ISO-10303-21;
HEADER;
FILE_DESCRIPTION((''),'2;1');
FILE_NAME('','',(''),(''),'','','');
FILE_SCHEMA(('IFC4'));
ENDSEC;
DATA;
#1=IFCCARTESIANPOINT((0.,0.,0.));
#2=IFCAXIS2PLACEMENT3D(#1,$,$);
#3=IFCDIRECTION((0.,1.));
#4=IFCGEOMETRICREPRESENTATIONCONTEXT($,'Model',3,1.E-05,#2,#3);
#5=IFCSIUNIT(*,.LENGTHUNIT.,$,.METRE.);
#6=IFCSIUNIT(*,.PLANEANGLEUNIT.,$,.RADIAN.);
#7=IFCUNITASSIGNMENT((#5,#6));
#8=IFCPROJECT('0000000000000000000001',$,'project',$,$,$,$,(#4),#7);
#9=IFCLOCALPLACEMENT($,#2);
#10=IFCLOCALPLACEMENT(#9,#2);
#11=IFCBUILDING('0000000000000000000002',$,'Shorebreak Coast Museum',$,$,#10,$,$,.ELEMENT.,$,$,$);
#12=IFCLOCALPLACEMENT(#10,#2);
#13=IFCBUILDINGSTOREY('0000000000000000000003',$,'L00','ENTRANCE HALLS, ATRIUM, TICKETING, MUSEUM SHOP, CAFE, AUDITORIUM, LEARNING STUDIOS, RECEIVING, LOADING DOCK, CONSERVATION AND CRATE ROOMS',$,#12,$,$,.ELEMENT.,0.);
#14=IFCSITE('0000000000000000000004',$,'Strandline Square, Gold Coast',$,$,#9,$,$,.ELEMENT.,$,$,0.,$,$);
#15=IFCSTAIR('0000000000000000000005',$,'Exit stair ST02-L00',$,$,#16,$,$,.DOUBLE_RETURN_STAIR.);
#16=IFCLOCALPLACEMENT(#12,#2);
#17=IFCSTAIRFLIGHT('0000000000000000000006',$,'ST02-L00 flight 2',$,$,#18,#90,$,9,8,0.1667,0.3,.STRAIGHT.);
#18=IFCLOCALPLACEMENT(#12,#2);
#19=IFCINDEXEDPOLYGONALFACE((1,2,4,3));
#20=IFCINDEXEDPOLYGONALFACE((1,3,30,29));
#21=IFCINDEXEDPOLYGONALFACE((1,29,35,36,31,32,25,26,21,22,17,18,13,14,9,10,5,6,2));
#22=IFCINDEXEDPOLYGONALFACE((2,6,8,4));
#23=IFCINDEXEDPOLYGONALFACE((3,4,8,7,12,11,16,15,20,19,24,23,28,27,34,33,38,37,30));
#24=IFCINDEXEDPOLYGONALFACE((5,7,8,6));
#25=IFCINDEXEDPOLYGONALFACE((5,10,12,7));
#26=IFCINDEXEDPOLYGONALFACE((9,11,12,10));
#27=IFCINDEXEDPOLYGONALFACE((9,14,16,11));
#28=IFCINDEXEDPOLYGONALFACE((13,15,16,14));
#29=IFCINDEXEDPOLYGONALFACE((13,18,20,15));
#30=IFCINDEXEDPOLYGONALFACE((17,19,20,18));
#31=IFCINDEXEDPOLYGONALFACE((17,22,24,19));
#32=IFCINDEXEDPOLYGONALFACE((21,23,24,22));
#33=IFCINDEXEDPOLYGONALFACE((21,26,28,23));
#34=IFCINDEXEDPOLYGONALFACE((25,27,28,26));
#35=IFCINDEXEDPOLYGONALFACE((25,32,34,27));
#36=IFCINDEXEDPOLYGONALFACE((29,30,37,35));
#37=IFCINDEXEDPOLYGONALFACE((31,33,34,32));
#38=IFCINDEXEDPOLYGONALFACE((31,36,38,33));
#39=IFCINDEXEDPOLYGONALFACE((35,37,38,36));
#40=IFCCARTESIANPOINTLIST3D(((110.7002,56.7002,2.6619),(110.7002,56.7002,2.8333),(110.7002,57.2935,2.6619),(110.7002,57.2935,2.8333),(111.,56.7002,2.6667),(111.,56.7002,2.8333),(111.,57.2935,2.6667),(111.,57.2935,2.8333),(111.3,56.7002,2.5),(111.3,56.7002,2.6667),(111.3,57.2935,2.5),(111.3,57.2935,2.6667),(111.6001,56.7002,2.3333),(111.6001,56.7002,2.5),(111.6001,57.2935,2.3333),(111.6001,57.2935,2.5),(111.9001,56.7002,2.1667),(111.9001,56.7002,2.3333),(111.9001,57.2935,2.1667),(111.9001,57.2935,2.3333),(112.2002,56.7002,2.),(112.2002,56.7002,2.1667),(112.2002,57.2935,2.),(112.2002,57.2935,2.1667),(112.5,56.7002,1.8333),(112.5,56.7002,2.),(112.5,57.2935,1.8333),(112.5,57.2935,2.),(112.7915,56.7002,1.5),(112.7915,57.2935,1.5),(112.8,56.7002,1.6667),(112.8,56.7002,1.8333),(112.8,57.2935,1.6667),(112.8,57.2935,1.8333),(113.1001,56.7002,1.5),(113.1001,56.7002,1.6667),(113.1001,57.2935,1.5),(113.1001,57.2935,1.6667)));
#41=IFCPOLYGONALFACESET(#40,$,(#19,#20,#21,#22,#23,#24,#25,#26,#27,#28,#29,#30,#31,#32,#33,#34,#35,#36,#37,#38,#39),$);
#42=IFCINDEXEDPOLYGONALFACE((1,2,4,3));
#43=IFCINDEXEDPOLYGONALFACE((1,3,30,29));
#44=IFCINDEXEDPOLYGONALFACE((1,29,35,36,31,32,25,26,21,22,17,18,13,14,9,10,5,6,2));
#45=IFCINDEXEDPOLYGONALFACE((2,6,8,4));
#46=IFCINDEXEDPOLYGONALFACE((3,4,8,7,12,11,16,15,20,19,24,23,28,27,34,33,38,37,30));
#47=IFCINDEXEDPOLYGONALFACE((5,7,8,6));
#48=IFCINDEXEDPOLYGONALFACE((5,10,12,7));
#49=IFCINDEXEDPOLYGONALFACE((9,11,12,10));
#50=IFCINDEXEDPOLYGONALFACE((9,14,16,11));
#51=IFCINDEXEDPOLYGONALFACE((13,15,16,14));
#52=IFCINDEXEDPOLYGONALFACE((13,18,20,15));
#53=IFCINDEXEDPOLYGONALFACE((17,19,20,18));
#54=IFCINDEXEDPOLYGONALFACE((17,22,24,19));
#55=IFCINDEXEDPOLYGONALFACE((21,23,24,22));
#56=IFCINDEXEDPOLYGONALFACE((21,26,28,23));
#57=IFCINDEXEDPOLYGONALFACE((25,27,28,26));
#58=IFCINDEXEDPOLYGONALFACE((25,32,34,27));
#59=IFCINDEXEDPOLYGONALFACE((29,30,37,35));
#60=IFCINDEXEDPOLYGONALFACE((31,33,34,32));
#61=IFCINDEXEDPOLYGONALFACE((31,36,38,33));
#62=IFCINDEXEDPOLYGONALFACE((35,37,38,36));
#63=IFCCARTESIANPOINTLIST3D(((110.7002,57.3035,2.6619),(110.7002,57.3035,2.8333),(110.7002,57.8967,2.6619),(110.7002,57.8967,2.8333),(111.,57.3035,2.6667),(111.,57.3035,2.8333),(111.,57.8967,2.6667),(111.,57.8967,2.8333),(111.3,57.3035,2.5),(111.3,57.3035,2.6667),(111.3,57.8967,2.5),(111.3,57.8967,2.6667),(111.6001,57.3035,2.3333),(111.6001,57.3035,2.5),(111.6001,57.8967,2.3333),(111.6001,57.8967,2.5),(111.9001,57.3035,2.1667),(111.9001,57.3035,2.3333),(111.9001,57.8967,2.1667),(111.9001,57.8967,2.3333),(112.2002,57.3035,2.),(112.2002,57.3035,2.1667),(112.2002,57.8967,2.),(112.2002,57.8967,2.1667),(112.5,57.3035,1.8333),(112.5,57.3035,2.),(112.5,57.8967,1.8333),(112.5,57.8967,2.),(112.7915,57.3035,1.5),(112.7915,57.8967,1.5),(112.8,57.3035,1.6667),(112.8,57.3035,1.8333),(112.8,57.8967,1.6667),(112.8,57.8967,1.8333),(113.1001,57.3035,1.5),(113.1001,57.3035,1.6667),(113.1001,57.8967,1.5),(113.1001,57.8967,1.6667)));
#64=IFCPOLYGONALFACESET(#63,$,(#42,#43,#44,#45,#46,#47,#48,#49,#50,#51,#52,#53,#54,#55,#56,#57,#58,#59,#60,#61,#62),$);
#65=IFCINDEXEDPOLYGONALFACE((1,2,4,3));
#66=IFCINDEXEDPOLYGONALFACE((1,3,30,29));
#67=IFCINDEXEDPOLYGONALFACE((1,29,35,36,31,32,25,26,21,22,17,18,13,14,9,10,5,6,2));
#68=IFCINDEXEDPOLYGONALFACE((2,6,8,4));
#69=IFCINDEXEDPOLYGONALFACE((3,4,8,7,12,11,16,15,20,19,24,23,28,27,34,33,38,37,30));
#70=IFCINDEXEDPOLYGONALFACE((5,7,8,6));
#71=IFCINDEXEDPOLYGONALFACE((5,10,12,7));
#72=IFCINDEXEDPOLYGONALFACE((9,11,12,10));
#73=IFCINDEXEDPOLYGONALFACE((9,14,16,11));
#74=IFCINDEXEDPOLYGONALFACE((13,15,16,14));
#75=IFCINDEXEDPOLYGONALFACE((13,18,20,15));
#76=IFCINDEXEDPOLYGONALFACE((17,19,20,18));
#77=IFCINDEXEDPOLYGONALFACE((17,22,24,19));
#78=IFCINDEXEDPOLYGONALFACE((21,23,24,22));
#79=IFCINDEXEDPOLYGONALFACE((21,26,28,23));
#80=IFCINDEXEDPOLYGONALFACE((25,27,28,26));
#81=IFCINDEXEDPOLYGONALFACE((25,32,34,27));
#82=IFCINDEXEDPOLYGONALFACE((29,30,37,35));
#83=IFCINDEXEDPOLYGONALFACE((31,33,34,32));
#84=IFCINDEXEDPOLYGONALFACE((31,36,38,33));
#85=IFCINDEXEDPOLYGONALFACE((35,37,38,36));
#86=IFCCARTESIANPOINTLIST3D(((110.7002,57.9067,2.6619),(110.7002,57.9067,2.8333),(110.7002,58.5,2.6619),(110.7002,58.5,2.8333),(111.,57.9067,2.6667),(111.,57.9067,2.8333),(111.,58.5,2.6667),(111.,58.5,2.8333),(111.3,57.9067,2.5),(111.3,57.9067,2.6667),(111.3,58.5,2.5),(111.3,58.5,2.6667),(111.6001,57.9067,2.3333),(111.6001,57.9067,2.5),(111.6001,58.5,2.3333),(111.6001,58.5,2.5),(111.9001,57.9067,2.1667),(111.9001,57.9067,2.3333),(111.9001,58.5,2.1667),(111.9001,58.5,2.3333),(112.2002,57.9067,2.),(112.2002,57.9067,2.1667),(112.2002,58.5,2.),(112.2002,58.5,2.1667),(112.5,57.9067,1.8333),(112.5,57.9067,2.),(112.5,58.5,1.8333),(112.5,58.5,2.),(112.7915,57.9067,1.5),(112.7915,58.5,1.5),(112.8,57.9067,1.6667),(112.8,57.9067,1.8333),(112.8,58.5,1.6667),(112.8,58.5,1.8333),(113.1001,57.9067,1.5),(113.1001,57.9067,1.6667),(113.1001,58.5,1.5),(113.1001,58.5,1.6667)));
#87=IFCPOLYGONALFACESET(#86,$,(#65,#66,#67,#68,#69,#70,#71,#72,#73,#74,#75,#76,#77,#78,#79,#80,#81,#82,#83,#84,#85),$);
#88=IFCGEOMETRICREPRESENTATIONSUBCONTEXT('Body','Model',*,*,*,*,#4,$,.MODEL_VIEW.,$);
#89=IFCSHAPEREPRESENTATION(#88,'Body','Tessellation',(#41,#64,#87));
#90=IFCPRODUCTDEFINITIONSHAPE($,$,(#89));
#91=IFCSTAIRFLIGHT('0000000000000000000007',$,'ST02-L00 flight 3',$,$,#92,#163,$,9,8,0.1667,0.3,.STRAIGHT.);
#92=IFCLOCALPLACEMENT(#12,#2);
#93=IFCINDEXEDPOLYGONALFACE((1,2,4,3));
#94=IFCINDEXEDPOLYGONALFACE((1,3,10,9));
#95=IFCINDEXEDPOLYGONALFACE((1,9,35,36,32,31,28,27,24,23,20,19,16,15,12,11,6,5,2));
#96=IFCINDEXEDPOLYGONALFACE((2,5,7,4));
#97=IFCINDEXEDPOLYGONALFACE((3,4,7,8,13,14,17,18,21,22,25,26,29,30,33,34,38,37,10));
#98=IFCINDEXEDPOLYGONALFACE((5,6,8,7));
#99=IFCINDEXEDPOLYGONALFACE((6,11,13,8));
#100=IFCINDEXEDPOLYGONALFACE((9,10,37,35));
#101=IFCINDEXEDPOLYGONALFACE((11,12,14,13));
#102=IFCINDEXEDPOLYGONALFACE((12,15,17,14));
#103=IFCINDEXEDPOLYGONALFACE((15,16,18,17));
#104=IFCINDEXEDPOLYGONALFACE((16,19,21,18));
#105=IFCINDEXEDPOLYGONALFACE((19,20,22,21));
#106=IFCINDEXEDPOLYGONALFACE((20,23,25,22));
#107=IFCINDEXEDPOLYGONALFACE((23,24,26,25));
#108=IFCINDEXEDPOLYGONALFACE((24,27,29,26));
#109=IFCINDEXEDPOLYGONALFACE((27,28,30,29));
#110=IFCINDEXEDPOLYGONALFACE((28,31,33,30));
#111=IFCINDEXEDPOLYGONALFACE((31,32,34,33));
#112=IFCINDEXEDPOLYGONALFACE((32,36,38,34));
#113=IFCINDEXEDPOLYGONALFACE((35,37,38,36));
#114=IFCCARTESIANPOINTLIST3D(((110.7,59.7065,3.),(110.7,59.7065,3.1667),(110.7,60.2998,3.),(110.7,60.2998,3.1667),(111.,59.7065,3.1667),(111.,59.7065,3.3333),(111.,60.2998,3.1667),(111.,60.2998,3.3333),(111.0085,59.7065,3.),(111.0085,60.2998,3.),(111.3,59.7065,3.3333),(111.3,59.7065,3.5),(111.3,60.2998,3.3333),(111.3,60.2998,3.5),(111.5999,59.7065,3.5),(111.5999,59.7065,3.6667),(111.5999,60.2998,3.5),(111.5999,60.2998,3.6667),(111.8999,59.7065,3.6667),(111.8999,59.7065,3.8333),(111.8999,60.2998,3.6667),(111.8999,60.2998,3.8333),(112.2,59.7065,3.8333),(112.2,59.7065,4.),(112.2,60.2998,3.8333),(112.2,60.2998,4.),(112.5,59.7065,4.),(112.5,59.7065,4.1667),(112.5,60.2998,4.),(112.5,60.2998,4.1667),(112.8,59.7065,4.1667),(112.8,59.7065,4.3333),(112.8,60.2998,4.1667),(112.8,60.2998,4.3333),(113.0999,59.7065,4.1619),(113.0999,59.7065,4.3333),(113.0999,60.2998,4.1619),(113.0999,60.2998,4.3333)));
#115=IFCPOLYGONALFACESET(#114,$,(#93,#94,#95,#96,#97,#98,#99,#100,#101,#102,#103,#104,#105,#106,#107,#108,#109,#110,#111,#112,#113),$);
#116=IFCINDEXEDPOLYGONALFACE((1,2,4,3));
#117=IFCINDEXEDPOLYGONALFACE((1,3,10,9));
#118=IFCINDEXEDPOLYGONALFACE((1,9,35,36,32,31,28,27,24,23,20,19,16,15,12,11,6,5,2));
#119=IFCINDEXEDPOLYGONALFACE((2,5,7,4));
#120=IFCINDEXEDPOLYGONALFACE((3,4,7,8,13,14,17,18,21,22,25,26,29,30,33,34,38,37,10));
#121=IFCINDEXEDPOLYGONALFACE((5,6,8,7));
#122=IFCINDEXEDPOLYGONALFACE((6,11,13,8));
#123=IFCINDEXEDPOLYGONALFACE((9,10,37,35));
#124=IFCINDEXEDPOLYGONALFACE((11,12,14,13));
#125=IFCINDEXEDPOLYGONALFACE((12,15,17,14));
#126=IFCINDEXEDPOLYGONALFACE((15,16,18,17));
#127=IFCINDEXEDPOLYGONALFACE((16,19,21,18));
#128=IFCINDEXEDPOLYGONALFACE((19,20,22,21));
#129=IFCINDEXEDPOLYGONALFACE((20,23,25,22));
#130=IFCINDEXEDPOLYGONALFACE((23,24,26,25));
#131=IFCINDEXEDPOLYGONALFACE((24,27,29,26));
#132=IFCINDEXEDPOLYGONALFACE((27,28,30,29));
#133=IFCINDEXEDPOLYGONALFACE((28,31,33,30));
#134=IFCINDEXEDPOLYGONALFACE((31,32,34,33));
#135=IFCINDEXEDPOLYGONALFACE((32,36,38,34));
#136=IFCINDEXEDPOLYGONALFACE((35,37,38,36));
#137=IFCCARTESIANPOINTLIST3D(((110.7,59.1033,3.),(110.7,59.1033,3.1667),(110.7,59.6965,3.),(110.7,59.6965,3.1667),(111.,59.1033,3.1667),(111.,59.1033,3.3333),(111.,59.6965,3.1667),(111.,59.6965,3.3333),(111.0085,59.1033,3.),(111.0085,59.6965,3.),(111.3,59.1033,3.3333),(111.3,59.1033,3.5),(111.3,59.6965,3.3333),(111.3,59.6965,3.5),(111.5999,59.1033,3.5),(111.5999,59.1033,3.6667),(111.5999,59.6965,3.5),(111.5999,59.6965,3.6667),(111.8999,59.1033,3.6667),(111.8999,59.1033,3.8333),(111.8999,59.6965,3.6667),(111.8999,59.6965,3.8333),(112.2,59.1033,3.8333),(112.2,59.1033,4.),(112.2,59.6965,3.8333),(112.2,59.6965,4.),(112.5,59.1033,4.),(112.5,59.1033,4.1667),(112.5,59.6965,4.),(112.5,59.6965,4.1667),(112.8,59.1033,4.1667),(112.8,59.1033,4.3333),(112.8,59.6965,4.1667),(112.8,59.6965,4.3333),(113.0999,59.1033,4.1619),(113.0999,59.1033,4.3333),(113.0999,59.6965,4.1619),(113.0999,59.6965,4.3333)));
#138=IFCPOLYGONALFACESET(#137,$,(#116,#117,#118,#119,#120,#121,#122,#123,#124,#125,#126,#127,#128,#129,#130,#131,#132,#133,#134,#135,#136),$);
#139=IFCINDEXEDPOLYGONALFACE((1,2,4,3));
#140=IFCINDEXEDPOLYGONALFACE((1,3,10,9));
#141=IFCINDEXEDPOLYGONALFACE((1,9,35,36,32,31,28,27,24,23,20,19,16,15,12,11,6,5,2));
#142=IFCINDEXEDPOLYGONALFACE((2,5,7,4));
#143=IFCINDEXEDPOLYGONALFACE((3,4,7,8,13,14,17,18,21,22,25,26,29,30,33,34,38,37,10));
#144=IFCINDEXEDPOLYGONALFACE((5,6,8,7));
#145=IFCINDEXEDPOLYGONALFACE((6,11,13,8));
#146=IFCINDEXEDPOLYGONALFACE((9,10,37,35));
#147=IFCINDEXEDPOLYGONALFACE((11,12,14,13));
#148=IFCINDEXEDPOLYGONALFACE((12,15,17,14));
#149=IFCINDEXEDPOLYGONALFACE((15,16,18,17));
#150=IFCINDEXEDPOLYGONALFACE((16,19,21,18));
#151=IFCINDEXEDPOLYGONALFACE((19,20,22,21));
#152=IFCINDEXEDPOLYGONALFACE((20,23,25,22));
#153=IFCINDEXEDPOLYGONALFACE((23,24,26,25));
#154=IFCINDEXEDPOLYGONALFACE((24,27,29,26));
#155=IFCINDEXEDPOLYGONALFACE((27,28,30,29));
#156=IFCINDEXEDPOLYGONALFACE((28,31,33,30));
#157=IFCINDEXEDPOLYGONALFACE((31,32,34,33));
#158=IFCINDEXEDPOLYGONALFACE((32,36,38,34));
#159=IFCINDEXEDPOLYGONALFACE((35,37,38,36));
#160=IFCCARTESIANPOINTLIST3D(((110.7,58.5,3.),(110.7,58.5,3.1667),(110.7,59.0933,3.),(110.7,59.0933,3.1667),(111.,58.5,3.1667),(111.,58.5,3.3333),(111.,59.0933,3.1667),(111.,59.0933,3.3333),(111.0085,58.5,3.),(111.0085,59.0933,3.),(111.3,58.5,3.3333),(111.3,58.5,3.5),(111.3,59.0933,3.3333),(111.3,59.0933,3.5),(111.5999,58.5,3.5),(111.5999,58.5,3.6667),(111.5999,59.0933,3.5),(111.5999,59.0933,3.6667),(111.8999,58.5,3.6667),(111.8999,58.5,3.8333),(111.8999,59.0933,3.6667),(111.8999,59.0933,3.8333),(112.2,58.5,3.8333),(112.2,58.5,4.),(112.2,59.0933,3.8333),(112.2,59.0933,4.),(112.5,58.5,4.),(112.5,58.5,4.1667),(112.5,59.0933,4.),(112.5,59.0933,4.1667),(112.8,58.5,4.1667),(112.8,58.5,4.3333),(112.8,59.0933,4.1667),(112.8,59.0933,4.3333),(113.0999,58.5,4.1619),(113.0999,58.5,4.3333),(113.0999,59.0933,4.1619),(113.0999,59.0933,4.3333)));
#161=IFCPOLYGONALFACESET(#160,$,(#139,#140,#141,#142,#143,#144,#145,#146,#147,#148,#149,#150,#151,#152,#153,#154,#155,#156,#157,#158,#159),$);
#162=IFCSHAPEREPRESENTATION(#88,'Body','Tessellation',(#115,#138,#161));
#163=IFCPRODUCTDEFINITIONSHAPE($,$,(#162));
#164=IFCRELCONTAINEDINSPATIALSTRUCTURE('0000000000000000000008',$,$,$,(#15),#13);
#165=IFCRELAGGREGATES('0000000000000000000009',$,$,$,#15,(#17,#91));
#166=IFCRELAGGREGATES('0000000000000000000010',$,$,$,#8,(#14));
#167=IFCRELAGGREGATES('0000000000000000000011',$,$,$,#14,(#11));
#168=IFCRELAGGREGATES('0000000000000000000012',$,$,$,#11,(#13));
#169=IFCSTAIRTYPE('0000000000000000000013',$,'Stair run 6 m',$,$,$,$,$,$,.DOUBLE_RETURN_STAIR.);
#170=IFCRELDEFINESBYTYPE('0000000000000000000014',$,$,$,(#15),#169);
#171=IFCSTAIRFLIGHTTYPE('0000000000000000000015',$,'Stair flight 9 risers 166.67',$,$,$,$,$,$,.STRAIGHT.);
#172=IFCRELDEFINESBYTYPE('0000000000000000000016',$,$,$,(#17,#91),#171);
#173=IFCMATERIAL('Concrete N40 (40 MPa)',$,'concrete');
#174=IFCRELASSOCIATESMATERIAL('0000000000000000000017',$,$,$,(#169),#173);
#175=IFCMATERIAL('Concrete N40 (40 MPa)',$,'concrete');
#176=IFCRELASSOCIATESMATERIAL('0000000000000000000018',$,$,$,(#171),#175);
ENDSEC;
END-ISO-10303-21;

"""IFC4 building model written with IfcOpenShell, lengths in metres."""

from ifc_helpers import new_model, si_unit, direction, frame, origin, place, context, subcontext, project, spatial, polyline, outline, extrude, material, type_object, element, aggregate, save


model = new_model("IFC4")

# Units and contexts
model_context = context("Model", 3, precision=1e-05, world=origin(), true_north=direction((0.0, 1.0)))
body_context = subcontext(model_context, "Body", "Model", "MODEL_VIEW")
ifc_project = project(units=[si_unit("LENGTHUNIT", "METRE"), si_unit("PLANEANGLEUNIT", "RADIAN")], contexts=[model_context])

# Site, building, storey
site_placement = place(None, origin())
site = spatial("IfcSite", under=ifc_project, at=site_placement, Name="Strandline Square, Gold Coast", CompositionType="ELEMENT", RefElevation=0.0)
building_placement = place(site_placement, origin())
building = spatial("IfcBuilding", under=site, at=building_placement, Name="Shorebreak Coast Museum", CompositionType="ELEMENT")
storey_placement = place(building_placement, origin())
storey = spatial("IfcBuildingStorey", under=building, at=storey_placement, Name="L00", Description="ENTRANCE HALLS, ATRIUM, TICKETING, MUSEUM SHOP, CAFE, AUDITORIUM, LEARNING STUDIOS, RECEIVING, LOADING DOCK, CONSERVATION AND CRATE ROOMS", CompositionType="ELEMENT", Elevation=0.0)

# Stair, stair flights
ifc_material_1 = material(Name="Concrete N40 (40 MPa)", Category="concrete")
stair_type = type_object("IfcStairType", Name="Stair run 6 m", PredefinedType="DOUBLE_RETURN_STAIR", material=ifc_material_1)
stair_placement = place(storey_placement, origin())
stair = element("IfcStair", 1, at=stair_placement, inside=storey, type_object=stair_type, Name="Exit stair ST02-L00", PredefinedType="DOUBLE_RETURN_STAIR")
ifc_material_2 = material(Name="Concrete N40 (40 MPa)", Category="concrete")
stair_flight_type = type_object("IfcStairFlightType", Name="Stair flight 9 risers 166.67", PredefinedType="STRAIGHT", material=ifc_material_2)
stair_flight_1_placement = place(storey_placement, frame((113.1001, 57.6001, 1.5), z_axis=(0.0, 0.0, 1.0), x_axis=(-1.0, 0.0, 0.0)))
stair_flight_1 = element("IfcStairFlight", 2, at=stair_flight_1_placement, type_object=stair_flight_type, Name="ST02-L00 flight 2", NumberOfRisers=9, NumberOfTreads=8, PredefinedType="STRAIGHT", RiserHeight=0.1667, TreadLength=0.3, context=body_context, shape_type="SweptSolid", body=[
    extrude(outline(polyline([(0.0, 0.0), (0.0, 0.1667), (0.3, 0.1667), (0.3, 0.3333), (0.6001, 0.3333), (0.6001, 0.5), (0.8999, 0.5), (0.8999, 0.6667), (1.2, 0.6667), (1.2, 0.8333), (1.5, 0.8333), (1.5, 1.0), (1.8, 1.0), (1.8, 1.1667), (2.1001, 1.1667), (2.1001, 1.3333), (2.3999, 1.3333), (2.3999, 1.5), (2.3999, 1.1619), (0.3086, 0.0), (0.0, 0.0)])), frame((0.0, 0.8999, 0.0), z_axis=(0.0, -1.0, 0.0), x_axis=(1.0, 0.0, 0.0)), (0.0, 0.0, 1.0), 0.5933),
    extrude(outline(polyline([(0.0, 0.0), (0.0, 0.1667), (0.3, 0.1667), (0.3, 0.3333), (0.6001, 0.3333), (0.6001, 0.5), (0.8999, 0.5), (0.8999, 0.6667), (1.2, 0.6667), (1.2, 0.8333), (1.5, 0.8333), (1.5, 1.0), (1.8, 1.0), (1.8, 1.1667), (2.1001, 1.1667), (2.1001, 1.3333), (2.3999, 1.3333), (2.3999, 1.5), (2.3999, 1.1619), (0.3086, 0.0), (0.0, 0.0)])), frame((0.0, 0.2966, 0.0), z_axis=(0.0, -1.0, 0.0), x_axis=(1.0, 0.0, 0.0)), (0.0, 0.0, 1.0), 0.5933),
    extrude(outline(polyline([(0.0, 0.0), (0.0, 0.1667), (0.3, 0.1667), (0.3, 0.3333), (0.6001, 0.3333), (0.6001, 0.5), (0.8999, 0.5), (0.8999, 0.6667), (1.2, 0.6667), (1.2, 0.8333), (1.5, 0.8333), (1.5, 1.0), (1.8, 1.0), (1.8, 1.1667), (2.1001, 1.1667), (2.1001, 1.3333), (2.3999, 1.3333), (2.3999, 1.5), (2.3999, 1.1619), (0.3086, 0.0), (0.0, 0.0)])), frame((0.0, -0.3066, 0.0), z_axis=(0.0, -1.0, 0.0), x_axis=(1.0, 0.0, 0.0)), (0.0, 0.0, 1.0), 0.5933),
])
stair_flight_2_placement = place(storey_placement, frame((110.7, 59.3999, 3.0), z_axis=(0.0, 0.0, 1.0), x_axis=(1.0, 0.0, 0.0)))
stair_flight_2 = element("IfcStairFlight", 3, at=stair_flight_2_placement, type_object=stair_flight_type, Name="ST02-L00 flight 3", NumberOfRisers=9, NumberOfTreads=8, PredefinedType="STRAIGHT", RiserHeight=0.1667, TreadLength=0.3, context=body_context, shape_type="SweptSolid", body=[
    extrude(outline(polyline([(0.0, 0.0), (0.0, 0.1667), (0.3, 0.1667), (0.3, 0.3333), (0.6001, 0.3333), (0.6001, 0.5), (0.8999, 0.5), (0.8999, 0.6667), (1.2, 0.6667), (1.2, 0.8333), (1.5, 0.8333), (1.5, 1.0), (1.8, 1.0), (1.8, 1.1667), (2.1001, 1.1667), (2.1001, 1.3333), (2.3999, 1.3333), (2.3999, 1.5), (2.3999, 1.1619), (0.3086, 0.0), (0.0, 0.0)])), frame((0.0, 0.8999, 0.0), z_axis=(0.0, -1.0, 0.0), x_axis=(1.0, 0.0, 0.0)), (0.0, 0.0, 1.0), 0.5933),
    extrude(outline(polyline([(0.0, 0.0), (0.0, 0.1667), (0.3, 0.1667), (0.3, 0.3333), (0.6001, 0.3333), (0.6001, 0.5), (0.8999, 0.5), (0.8999, 0.6667), (1.2, 0.6667), (1.2, 0.8333), (1.5, 0.8333), (1.5, 1.0), (1.8, 1.0), (1.8, 1.1667), (2.1001, 1.1667), (2.1001, 1.3333), (2.3999, 1.3333), (2.3999, 1.5), (2.3999, 1.1619), (0.3086, 0.0), (0.0, 0.0)])), frame((0.0, 0.2966, 0.0), z_axis=(0.0, -1.0, 0.0), x_axis=(1.0, 0.0, 0.0)), (0.0, 0.0, 1.0), 0.5933),
    extrude(outline(polyline([(0.0, 0.0), (0.0, 0.1667), (0.3, 0.1667), (0.3, 0.3333), (0.6001, 0.3333), (0.6001, 0.5), (0.8999, 0.5), (0.8999, 0.6667), (1.2, 0.6667), (1.2, 0.8333), (1.5, 0.8333), (1.5, 1.0), (1.8, 1.0), (1.8, 1.1667), (2.1001, 1.1667), (2.1001, 1.3333), (2.3999, 1.3333), (2.3999, 1.5), (2.3999, 1.1619), (0.3086, 0.0), (0.0, 0.0)])), frame((0.0, -0.3066, 0.0), z_axis=(0.0, -1.0, 0.0), x_axis=(1.0, 0.0, 0.0)), (0.0, 0.0, 1.0), 0.5933),
])
aggregate(stair, [stair_flight_1, stair_flight_2])

save(model, "model.ifc")
